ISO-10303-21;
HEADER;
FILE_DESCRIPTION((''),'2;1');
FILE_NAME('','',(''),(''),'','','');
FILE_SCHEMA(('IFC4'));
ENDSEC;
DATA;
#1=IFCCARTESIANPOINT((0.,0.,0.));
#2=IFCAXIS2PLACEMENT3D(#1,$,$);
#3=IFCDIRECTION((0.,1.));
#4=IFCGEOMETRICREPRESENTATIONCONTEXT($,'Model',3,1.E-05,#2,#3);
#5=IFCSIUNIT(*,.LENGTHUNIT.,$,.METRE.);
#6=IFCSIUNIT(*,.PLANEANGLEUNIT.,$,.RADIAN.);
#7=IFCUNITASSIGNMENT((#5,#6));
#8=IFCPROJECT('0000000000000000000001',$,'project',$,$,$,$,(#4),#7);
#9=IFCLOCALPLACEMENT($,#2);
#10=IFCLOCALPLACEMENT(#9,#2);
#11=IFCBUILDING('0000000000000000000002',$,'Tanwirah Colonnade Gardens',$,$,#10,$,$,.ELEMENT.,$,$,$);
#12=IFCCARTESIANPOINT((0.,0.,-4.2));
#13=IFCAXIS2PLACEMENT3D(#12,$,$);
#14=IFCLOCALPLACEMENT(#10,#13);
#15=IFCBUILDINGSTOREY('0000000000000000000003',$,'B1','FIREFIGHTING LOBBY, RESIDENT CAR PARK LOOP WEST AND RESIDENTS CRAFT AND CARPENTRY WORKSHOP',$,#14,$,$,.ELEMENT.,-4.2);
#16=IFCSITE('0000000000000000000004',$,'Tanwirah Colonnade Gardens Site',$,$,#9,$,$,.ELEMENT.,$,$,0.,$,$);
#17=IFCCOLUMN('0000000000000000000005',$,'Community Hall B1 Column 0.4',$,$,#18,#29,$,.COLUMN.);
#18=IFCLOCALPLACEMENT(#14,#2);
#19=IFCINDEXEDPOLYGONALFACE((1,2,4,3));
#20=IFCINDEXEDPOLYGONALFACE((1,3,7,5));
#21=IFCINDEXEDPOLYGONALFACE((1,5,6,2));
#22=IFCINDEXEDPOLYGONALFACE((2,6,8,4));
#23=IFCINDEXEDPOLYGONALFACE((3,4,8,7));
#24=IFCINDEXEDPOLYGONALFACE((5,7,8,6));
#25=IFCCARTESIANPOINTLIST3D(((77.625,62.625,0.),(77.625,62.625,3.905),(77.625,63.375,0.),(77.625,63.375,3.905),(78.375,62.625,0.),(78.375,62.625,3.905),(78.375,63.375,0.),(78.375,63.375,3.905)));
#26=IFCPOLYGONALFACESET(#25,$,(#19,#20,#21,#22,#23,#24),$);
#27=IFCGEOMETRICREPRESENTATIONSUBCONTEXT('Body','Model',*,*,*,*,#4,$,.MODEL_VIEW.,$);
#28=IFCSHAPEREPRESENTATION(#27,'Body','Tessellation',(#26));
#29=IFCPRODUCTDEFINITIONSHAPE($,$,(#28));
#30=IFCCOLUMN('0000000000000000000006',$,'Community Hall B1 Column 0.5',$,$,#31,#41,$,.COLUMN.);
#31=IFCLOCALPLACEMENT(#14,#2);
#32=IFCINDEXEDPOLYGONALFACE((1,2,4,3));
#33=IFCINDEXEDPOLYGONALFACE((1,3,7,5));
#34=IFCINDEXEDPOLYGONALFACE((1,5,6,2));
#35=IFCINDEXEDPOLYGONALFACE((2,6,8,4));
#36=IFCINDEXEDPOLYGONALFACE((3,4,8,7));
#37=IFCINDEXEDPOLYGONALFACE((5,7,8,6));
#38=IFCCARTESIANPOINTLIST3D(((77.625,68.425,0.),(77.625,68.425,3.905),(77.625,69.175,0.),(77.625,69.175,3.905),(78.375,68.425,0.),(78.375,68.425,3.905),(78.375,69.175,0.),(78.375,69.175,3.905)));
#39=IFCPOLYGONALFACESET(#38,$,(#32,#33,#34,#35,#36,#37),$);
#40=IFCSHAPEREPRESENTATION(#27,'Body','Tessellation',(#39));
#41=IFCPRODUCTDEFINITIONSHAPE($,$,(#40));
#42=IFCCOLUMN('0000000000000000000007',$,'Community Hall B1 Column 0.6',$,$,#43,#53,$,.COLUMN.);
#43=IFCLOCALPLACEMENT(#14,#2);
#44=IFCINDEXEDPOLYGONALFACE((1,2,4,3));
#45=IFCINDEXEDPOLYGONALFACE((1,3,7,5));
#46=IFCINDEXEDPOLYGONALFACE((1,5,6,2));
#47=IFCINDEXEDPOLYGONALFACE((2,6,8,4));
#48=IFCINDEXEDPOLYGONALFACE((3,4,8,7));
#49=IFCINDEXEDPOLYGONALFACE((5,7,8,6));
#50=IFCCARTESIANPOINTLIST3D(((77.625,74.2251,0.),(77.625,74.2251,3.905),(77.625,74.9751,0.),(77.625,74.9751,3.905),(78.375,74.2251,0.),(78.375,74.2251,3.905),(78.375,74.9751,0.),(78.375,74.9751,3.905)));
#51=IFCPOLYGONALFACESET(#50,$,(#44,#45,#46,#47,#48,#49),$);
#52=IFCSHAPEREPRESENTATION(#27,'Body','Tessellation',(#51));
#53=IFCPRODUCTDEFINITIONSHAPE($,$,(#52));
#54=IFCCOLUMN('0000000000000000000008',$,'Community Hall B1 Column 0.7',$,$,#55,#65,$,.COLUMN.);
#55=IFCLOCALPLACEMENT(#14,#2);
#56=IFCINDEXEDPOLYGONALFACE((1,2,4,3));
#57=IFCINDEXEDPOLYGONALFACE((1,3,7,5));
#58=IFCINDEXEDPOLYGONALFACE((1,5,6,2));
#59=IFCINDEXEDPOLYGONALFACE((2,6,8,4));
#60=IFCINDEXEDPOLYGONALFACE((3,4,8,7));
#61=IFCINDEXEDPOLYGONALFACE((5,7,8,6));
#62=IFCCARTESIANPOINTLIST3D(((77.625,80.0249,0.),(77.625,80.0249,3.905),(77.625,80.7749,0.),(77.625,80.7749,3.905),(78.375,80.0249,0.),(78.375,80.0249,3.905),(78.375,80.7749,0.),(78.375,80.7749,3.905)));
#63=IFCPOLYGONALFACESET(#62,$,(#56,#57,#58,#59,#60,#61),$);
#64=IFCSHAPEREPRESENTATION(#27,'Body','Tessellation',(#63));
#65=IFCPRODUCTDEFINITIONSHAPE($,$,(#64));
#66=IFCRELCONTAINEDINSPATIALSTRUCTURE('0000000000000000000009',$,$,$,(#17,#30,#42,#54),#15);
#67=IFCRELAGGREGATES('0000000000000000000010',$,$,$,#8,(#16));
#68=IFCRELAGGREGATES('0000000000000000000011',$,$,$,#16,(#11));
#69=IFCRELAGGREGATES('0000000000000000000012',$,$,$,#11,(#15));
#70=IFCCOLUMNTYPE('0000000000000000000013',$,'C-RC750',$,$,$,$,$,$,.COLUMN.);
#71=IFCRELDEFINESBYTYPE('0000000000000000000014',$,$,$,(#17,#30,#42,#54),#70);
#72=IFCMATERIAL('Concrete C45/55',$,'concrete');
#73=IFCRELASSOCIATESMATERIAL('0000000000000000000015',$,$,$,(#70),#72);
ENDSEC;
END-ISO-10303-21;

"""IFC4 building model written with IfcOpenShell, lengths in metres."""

from ifc_helpers import new_model, si_unit, direction, frame, origin, origin_2d, place, context, subcontext, project, spatial, rectangle, extrude, material, material_profile, profile_set, type_object, element, save


model = new_model("IFC4")

# Units and contexts
model_context = context("Model", 3, precision=1e-05, world=origin(), true_north=direction((0.0, 1.0)))
body_context = subcontext(model_context, "Body", "Model", "MODEL_VIEW")
ifc_project = project(units=[si_unit("LENGTHUNIT", "METRE"), si_unit("PLANEANGLEUNIT", "RADIAN")], contexts=[model_context])

# Site, building, storey
site_placement = place(None, origin())
site = spatial("IfcSite", under=ifc_project, at=site_placement, Name="Tanwirah Colonnade Gardens Site", CompositionType="ELEMENT", RefElevation=0.0)
building_placement = place(site_placement, origin())
building = spatial("IfcBuilding", under=site, at=building_placement, Name="Tanwirah Colonnade Gardens", CompositionType="ELEMENT")
storey_placement = place(building_placement, frame((0.0, 0.0, -4.2)))
storey = spatial("IfcBuildingStorey", under=building, at=storey_placement, Name="B1", Description="FIREFIGHTING LOBBY, RESIDENT CAR PARK LOOP WEST AND RESIDENTS CRAFT AND CARPENTRY WORKSHOP", CompositionType="ELEMENT", Elevation=-4.2)

# Shared definitions
ifc_material_1 = material(Name="Concrete C45/55", Category="concrete")

# Columns
ifc_material_profile_1 = material_profile(ifc_material_1, rectangle(XDim=0.75, YDim=0.75, at=origin_2d()), Name="RC-COL 750x750")
ifc_profile_set_1 = profile_set([ifc_material_profile_1], Name="Concrete C45/55")
column_type_1 = type_object("IfcColumnType", Name="C-RC750", PredefinedType="COLUMN", material=ifc_profile_set_1)
for number, where, z_axis, x_axis, name in (
    (1, (78.0, 63.0, 0.0), (0.0, 0.0, 1.0), (1.0, 0.0, 0.0), "Community Hall B1 Column 0.4"),
    (2, (78.0, 68.8, 0.0), (0.0, 0.0, 1.0), (1.0, 0.0, 0.0), "Community Hall B1 Column 0.5"),
    (3, (78.0, 74.6001, 0.0), (0.0, 0.0, 1.0), (1.0, 0.0, 0.0), "Community Hall B1 Column 0.6"),
    (4, (78.0, 80.3999, 0.0), (0.0, 0.0, 1.0), (1.0, 0.0, 0.0), "Community Hall B1 Column 0.7"),
):
    element("IfcColumn", number, at=place(storey_placement, frame(where, z_axis=z_axis, x_axis=x_axis)), inside=storey, type_object=column_type_1, Name=name, PredefinedType="COLUMN", context=body_context, shape_type="SweptSolid", body=[
        extrude(rectangle(XDim=0.75, YDim=0.75, at=origin_2d()), origin(), (0.0, 0.0, 1.0), 3.905),
    ])

save(model, "model.ifc")
